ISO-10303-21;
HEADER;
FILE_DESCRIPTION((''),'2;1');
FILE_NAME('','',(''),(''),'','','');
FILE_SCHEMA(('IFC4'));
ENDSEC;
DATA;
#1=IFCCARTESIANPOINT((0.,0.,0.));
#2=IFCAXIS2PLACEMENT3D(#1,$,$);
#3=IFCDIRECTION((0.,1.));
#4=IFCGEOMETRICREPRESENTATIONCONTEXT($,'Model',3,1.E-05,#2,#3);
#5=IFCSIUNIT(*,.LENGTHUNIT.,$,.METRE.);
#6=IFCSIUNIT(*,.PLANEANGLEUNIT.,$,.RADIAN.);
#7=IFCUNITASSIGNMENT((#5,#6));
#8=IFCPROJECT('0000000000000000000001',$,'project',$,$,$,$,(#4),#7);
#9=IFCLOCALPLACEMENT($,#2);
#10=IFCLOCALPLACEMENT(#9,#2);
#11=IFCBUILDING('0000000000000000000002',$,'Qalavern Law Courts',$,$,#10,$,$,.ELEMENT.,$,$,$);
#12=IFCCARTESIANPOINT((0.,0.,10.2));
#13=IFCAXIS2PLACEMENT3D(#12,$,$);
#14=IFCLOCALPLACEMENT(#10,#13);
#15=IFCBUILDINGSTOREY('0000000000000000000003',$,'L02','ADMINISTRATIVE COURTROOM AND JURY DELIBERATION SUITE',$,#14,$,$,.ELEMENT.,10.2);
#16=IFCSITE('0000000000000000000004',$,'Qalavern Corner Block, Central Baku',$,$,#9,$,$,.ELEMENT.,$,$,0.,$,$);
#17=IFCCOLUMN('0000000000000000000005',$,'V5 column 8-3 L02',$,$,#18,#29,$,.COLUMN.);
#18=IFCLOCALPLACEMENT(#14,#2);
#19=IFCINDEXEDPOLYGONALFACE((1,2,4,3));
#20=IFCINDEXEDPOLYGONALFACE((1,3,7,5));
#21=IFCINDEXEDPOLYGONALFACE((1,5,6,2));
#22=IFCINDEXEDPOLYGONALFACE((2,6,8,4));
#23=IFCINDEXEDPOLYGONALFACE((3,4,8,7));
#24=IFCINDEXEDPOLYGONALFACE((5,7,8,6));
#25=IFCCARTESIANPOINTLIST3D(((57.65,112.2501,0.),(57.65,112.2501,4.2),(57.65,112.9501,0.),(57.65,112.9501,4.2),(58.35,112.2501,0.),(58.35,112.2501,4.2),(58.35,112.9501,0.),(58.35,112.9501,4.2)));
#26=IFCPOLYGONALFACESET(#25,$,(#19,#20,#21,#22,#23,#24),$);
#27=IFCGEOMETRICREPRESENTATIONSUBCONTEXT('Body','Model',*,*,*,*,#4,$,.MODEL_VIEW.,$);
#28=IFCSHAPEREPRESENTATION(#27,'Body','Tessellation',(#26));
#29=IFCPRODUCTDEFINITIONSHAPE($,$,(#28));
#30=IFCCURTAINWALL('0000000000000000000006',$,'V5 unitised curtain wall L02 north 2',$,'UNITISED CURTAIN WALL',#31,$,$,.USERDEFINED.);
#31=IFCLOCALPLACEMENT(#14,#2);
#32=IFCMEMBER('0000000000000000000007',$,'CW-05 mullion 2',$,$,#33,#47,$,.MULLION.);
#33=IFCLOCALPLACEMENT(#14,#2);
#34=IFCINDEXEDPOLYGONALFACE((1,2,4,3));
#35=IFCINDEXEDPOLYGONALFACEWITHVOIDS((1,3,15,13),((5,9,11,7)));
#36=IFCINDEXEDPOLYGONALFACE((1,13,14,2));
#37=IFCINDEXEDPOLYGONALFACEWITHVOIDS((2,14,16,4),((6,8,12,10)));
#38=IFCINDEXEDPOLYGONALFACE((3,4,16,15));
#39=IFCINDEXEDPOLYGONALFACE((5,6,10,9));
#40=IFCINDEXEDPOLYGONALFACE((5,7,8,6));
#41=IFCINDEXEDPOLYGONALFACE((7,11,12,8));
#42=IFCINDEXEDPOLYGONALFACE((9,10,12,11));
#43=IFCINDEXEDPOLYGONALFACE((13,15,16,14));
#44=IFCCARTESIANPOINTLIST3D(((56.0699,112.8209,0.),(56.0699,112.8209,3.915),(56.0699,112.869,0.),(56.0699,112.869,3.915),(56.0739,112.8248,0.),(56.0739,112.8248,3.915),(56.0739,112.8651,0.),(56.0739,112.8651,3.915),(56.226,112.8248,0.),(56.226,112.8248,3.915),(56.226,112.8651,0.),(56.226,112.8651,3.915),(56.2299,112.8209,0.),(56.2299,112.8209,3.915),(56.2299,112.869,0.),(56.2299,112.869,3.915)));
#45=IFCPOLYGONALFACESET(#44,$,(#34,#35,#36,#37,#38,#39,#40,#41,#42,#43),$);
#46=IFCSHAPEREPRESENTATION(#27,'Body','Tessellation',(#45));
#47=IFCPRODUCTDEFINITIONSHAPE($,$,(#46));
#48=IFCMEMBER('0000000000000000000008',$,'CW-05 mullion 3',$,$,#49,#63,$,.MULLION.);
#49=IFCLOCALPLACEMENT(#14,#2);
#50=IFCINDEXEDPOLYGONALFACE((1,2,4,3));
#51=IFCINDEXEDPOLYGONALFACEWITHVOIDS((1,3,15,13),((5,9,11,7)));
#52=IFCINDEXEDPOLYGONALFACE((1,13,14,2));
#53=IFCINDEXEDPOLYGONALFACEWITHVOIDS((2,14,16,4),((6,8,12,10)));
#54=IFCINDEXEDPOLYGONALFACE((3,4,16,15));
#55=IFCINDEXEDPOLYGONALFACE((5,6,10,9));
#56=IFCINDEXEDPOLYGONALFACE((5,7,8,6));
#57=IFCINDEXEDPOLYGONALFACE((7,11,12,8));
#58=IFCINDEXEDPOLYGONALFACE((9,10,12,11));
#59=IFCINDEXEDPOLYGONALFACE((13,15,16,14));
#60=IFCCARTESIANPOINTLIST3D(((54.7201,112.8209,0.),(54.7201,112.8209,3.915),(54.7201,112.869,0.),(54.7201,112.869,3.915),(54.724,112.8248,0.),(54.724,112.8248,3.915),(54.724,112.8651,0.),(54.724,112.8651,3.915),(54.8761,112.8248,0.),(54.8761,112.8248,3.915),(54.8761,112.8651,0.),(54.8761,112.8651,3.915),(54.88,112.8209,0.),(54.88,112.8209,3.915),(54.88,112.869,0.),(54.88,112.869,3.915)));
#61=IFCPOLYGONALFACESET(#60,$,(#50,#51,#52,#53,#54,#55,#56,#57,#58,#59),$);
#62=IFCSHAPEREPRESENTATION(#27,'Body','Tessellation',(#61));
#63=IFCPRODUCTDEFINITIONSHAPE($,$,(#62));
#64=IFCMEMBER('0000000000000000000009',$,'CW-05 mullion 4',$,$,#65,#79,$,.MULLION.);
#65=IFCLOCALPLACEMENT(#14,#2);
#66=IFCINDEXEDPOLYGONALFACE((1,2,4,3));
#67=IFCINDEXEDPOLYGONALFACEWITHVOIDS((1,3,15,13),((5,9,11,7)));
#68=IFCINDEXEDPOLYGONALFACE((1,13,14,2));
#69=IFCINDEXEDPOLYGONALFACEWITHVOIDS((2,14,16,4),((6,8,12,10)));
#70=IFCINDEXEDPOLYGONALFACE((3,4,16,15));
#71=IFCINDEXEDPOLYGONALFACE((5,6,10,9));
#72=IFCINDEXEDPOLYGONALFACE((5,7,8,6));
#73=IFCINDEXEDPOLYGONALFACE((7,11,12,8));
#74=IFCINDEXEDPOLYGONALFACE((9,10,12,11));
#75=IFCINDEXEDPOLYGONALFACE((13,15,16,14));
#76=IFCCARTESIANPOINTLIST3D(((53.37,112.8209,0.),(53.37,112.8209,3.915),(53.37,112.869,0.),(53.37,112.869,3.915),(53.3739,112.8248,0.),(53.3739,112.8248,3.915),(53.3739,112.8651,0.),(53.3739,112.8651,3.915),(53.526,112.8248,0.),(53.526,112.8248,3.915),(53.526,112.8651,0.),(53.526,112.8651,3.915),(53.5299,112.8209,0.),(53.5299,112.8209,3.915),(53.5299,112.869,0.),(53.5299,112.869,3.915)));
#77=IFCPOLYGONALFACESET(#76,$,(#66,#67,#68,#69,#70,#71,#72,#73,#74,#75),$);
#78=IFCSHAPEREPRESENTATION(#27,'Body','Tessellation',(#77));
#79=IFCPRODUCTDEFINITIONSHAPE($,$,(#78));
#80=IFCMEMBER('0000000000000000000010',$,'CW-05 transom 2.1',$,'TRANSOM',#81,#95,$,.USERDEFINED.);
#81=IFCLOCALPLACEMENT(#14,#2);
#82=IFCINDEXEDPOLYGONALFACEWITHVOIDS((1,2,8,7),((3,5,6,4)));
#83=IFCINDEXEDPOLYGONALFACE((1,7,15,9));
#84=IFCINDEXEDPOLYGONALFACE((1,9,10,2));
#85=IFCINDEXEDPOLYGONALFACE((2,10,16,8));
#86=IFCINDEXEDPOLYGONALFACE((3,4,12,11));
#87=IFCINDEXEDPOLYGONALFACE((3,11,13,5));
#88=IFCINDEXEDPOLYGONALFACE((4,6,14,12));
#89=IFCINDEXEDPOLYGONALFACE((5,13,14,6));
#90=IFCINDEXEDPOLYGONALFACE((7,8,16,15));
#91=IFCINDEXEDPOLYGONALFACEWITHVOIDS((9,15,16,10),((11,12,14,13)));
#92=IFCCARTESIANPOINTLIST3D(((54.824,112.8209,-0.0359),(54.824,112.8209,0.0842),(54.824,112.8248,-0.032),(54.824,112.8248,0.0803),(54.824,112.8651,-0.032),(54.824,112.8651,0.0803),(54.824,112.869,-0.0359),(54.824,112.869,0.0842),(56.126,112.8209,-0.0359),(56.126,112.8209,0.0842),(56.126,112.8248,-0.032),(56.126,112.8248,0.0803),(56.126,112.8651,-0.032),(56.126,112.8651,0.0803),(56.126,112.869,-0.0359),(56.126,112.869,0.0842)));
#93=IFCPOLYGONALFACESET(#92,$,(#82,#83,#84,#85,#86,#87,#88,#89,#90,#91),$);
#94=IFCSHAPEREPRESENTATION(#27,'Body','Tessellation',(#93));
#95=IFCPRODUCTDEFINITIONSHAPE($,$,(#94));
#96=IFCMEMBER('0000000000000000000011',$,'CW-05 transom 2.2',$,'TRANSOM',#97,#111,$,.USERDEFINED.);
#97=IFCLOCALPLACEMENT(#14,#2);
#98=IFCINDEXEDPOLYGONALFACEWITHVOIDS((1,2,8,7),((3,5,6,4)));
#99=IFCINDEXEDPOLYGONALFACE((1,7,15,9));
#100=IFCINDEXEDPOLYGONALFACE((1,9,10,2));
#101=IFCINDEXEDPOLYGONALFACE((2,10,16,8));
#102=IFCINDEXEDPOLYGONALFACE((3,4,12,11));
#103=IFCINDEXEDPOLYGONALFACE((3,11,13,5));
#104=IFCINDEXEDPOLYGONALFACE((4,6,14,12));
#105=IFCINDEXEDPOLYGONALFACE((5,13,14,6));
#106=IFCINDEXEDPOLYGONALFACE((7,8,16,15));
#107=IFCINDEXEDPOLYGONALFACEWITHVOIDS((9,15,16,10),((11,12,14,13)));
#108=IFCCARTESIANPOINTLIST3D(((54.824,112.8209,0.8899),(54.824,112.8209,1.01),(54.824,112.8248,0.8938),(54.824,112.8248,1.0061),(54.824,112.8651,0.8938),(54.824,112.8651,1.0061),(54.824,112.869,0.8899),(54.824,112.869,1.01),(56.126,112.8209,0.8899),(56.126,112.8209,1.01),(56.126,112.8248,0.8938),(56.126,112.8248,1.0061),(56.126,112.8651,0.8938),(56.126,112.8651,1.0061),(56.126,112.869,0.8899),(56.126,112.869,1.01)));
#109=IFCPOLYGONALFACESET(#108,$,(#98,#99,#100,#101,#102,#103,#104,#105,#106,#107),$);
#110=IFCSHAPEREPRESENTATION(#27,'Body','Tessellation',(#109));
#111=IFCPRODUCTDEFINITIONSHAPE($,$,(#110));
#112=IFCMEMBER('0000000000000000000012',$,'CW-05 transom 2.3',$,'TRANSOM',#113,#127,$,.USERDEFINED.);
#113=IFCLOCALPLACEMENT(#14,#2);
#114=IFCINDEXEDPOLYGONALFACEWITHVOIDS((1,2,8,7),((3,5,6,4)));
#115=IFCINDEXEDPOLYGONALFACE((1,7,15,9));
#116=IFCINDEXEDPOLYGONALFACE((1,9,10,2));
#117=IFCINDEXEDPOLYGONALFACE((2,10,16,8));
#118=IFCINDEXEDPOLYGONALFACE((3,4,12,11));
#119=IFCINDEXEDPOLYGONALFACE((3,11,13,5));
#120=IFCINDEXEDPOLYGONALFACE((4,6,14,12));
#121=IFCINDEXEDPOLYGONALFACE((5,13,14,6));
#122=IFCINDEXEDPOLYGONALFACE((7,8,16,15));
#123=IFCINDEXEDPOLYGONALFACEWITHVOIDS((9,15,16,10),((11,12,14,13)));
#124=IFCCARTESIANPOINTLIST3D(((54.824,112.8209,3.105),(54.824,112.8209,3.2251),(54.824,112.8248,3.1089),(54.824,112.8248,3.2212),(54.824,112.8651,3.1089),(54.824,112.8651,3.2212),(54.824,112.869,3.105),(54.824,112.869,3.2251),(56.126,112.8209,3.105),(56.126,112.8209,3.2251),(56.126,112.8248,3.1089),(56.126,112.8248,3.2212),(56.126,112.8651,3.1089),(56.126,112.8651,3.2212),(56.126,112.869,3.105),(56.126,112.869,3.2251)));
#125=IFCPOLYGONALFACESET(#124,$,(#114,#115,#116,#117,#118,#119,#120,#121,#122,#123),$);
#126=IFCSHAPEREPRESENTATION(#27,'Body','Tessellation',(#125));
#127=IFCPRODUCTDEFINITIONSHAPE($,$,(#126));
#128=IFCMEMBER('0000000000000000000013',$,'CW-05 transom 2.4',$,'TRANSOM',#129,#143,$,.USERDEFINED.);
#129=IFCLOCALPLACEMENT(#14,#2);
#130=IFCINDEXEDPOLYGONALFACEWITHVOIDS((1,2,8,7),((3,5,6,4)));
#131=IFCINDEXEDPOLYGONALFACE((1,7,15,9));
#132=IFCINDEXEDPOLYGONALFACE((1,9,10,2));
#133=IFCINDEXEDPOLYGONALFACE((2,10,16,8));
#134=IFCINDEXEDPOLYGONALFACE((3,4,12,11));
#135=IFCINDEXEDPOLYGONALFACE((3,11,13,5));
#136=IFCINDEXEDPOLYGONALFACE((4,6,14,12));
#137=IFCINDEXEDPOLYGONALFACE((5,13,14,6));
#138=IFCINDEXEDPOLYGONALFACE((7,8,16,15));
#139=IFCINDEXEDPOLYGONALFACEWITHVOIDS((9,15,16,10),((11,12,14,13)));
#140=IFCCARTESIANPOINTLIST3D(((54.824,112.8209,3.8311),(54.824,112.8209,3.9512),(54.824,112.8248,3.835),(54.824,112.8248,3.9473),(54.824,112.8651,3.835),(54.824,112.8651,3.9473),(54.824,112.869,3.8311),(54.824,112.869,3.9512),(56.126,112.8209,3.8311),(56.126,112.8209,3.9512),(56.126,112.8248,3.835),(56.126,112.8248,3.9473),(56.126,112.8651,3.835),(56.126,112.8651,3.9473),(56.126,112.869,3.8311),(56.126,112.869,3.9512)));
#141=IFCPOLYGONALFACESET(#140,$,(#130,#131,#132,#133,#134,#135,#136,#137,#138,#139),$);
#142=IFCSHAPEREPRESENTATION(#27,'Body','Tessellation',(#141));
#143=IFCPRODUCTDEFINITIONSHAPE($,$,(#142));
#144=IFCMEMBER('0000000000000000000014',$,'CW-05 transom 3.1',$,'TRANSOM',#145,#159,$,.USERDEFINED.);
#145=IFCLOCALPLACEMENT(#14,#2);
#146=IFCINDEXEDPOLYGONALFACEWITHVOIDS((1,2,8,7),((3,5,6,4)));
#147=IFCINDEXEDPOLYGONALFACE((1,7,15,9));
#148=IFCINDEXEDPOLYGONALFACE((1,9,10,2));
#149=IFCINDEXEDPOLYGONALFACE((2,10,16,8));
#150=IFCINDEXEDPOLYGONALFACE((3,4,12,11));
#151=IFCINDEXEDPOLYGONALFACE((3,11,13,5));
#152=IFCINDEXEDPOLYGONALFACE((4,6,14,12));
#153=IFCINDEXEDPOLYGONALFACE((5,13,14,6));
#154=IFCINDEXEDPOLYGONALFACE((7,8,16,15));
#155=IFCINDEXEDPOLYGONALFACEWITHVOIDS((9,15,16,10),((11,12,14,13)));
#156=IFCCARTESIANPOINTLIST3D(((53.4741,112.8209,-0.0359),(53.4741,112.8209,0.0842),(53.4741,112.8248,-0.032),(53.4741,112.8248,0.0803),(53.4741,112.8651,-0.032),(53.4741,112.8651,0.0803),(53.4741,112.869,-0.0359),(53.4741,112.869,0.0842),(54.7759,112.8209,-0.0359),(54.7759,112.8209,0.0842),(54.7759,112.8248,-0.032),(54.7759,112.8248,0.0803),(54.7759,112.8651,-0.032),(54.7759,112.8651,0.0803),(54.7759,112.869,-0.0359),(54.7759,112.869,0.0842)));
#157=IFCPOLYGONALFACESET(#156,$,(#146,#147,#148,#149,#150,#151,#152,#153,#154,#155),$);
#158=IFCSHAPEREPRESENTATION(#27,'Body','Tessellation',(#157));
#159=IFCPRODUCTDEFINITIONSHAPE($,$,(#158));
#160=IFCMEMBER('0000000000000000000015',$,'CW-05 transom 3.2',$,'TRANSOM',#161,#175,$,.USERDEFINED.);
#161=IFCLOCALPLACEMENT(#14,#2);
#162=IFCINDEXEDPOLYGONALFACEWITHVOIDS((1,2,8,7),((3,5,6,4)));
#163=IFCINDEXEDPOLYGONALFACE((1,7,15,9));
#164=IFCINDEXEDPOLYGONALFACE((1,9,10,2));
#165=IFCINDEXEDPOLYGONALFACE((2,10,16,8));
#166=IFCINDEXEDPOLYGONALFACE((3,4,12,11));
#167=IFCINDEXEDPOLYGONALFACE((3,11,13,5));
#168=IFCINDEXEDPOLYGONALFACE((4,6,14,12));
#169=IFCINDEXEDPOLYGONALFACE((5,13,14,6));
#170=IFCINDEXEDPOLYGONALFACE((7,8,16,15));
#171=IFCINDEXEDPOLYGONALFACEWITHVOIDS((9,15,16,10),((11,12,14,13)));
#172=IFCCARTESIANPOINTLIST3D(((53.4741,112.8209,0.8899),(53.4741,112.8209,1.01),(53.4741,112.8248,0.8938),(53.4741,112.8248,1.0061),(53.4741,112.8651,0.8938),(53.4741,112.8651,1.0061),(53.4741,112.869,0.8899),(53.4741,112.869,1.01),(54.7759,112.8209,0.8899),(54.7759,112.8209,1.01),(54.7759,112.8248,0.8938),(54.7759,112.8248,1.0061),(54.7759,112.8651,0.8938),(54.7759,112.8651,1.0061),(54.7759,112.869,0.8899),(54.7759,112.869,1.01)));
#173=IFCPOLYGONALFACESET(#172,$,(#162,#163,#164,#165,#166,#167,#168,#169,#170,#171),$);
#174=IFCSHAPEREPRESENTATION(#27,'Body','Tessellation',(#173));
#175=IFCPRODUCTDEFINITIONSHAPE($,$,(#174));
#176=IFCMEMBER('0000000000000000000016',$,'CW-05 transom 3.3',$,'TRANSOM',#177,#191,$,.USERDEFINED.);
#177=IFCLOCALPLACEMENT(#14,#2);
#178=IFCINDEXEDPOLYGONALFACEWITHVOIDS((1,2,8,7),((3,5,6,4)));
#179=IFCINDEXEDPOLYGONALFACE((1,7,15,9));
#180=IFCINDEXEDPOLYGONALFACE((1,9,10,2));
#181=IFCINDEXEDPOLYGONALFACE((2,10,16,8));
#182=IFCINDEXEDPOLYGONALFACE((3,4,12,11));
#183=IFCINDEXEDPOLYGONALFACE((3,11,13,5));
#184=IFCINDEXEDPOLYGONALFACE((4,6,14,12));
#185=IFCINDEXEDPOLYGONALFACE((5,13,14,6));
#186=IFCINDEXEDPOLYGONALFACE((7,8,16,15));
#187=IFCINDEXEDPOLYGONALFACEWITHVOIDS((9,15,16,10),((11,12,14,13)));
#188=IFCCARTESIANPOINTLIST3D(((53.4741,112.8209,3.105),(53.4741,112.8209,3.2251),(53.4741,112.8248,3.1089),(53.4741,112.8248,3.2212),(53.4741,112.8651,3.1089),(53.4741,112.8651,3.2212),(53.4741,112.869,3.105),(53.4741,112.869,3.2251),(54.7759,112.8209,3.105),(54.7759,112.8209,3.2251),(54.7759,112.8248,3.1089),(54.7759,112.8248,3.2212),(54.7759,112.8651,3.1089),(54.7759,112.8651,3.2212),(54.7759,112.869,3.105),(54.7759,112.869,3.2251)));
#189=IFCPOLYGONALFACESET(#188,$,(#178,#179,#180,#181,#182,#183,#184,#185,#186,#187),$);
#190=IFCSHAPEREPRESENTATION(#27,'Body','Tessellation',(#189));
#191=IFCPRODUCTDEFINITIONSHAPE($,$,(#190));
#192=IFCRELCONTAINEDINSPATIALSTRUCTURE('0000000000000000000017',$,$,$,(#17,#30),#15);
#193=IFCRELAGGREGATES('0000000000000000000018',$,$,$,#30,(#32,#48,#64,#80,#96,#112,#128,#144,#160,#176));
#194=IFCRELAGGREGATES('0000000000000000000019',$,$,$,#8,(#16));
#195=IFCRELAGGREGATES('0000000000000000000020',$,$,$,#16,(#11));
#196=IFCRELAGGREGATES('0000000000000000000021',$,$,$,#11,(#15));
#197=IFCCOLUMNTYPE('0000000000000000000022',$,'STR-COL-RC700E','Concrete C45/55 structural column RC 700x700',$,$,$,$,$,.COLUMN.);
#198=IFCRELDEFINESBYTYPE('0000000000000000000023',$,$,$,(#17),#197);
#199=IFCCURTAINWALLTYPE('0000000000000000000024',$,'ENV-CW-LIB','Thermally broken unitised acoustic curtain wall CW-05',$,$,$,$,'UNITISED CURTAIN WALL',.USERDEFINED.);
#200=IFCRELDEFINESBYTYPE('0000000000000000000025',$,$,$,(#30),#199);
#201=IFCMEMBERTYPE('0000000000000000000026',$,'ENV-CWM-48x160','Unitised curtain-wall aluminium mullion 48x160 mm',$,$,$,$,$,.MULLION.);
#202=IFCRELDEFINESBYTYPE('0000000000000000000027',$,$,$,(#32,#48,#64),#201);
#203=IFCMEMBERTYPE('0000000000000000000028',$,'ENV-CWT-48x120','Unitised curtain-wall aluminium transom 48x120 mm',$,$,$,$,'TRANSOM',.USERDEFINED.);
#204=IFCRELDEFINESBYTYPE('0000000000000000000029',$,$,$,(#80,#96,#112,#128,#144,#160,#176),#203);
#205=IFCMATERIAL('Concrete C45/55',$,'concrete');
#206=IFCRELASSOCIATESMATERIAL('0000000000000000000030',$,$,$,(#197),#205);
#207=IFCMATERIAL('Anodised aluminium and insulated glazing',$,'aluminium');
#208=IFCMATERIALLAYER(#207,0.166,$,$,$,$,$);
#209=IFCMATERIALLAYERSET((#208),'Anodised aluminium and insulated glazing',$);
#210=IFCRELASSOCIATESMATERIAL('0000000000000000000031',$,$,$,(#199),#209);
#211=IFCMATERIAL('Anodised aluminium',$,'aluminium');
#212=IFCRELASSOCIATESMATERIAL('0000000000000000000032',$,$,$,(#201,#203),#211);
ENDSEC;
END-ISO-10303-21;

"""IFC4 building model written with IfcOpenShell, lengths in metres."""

from ifc_helpers import new_model, si_unit, direction, frame, origin, origin_2d, place, context, subcontext, project, spatial, rectangle, hollow_rectangle, extrude, material, layer, layer_set, material_profile, profile_set, type_object, element, aggregate, save


model = new_model("IFC4")

# Units and contexts
model_context = context("Model", 3, precision=1e-05, world=origin(), true_north=direction((0.0, 1.0)))
body_context = subcontext(model_context, "Body", "Model", "MODEL_VIEW")
ifc_project = project(units=[si_unit("LENGTHUNIT", "METRE"), si_unit("PLANEANGLEUNIT", "RADIAN")], contexts=[model_context])

# Site, building, storey
site_placement = place(None, origin())
site = spatial("IfcSite", under=ifc_project, at=site_placement, Name="Qalavern Corner Block, Central Baku", CompositionType="ELEMENT", RefElevation=0.0)
building_placement = place(site_placement, origin())
building = spatial("IfcBuilding", under=site, at=building_placement, Name="Qalavern Law Courts", CompositionType="ELEMENT")
storey_placement = place(building_placement, frame((0.0, 0.0, 10.2)))
storey = spatial("IfcBuildingStorey", under=building, at=storey_placement, Name="L02", Description="ADMINISTRATIVE COURTROOM AND JURY DELIBERATION SUITE", CompositionType="ELEMENT", Elevation=10.2)

# Column
ifc_material_1 = material(Name="Concrete C45/55", Category="concrete")
ifc_material_profile_1 = material_profile(ifc_material_1, rectangle(XDim=0.7, YDim=0.7, at=origin_2d()), Name="RC 700x700")
ifc_profile_set_1 = profile_set([ifc_material_profile_1], Name="Concrete C45/55")
column_type = type_object("IfcColumnType", Name="STR-COL-RC700E", Description="Concrete C45/55 structural column RC 700x700", PredefinedType="COLUMN", material=ifc_profile_set_1)
column_placement = place(storey_placement, frame((58.0, 112.6001, 0.0), z_axis=(0.0, 0.0, 1.0), x_axis=(1.0, 0.0, 0.0)))
element("IfcColumn", 1, at=column_placement, inside=storey, type_object=column_type, Name="V5 column 8-3 L02", PredefinedType="COLUMN", context=body_context, shape_type="SweptSolid", body=[
    extrude(rectangle(XDim=0.7, YDim=0.7, at=origin_2d()), origin(), (0.0, 0.0, 1.0), 4.2),
])

# Curtain wall, members
ifc_material_2 = material(Name="Anodised aluminium and insulated glazing", Category="aluminium")
ifc_layer_1 = layer(ifc_material_2, 0.166)
ifc_layer_set_1 = layer_set([ifc_layer_1], Name="Anodised aluminium and insulated glazing")
curtain_wall_type = type_object("IfcCurtainWallType", Name="ENV-CW-LIB", Description="Thermally broken unitised acoustic curtain wall CW-05", ElementType="UNITISED CURTAIN WALL", PredefinedType="USERDEFINED", material=ifc_layer_set_1)
curtain_wall_placement = place(storey_placement, origin())
curtain_wall = element("IfcCurtainWall", 2, at=curtain_wall_placement, inside=storey, type_object=curtain_wall_type, Name="V5 unitised curtain wall L02 north 2", ObjectType="UNITISED CURTAIN WALL", PredefinedType="USERDEFINED")
ifc_material_3 = material(Name="Anodised aluminium", Category="aluminium")
ifc_material_profile_2 = material_profile(ifc_material_3, hollow_rectangle(XDim=0.0481, YDim=0.1599, WallThickness=0.0039, at=origin_2d()), Name="ALU MULLION 48x160")
ifc_profile_set_2 = profile_set([ifc_material_profile_2], Name="Anodised aluminium")
member_type_1 = type_object("IfcMemberType", Name="ENV-CWM-48x160", Description="Unitised curtain-wall aluminium mullion 48x160 mm", PredefinedType="MULLION", material=ifc_profile_set_2)
member_1_placement = place(storey_placement, frame((56.1499, 112.845, 0.0), z_axis=(0.0, 0.0, 1.0), x_axis=(0.0, -1.0, 0.0)))
member_1 = element("IfcMember", 3, at=member_1_placement, type_object=member_type_1, Name="CW-05 mullion 2", PredefinedType="MULLION", context=body_context, shape_type="SweptSolid", body=[
    extrude(hollow_rectangle(XDim=0.0481, YDim=0.1599, WallThickness=0.0039, at=origin_2d()), origin(), (0.0, 0.0, 1.0), 3.915),
])
member_2_placement = place(storey_placement, frame((54.8, 112.845, 0.0), z_axis=(0.0, 0.0, 1.0), x_axis=(0.0, -1.0, 0.0)))
member_2 = element("IfcMember", 4, at=member_2_placement, type_object=member_type_1, Name="CW-05 mullion 3", PredefinedType="MULLION", context=body_context, shape_type="SweptSolid", body=[
    extrude(hollow_rectangle(XDim=0.0481, YDim=0.1599, WallThickness=0.0039, at=origin_2d()), origin(), (0.0, 0.0, 1.0), 3.915),
])
member_3_placement = place(storey_placement, frame((53.45, 112.845, 0.0), z_axis=(0.0, 0.0, 1.0), x_axis=(0.0, -1.0, 0.0)))
member_3 = element("IfcMember", 5, at=member_3_placement, type_object=member_type_1, Name="CW-05 mullion 4", PredefinedType="MULLION", context=body_context, shape_type="SweptSolid", body=[
    extrude(hollow_rectangle(XDim=0.0481, YDim=0.1599, WallThickness=0.0039, at=origin_2d()), origin(), (0.0, 0.0, 1.0), 3.915),
])
ifc_material_profile_3 = material_profile(ifc_material_3, hollow_rectangle(XDim=0.0481, YDim=0.1201, WallThickness=0.0039, at=origin_2d()), Name="ALU TRANSOM 48x120")
ifc_profile_set_3 = profile_set([ifc_material_profile_3], Name="Anodised aluminium")
member_type_2 = type_object("IfcMemberType", Name="ENV-CWT-48x120", Description="Unitised curtain-wall aluminium transom 48x120 mm", ElementType="TRANSOM", PredefinedType="USERDEFINED", material=ifc_profile_set_3)
member_4_placement = place(storey_placement, frame((56.126, 112.845, 0.0242), z_axis=(-1.0, 0.0, 0.0), x_axis=(0.0, -1.0, 0.0)))
member_4 = element("IfcMember", 6, at=member_4_placement, type_object=member_type_2, Name="CW-05 transom 2.1", ObjectType="TRANSOM", PredefinedType="USERDEFINED", context=body_context, shape_type="SweptSolid", body=[
    extrude(hollow_rectangle(XDim=0.0481, YDim=0.1201, WallThickness=0.0039, at=origin_2d()), origin(), (0.0, 0.0, 1.0), 1.302),
])
member_5_placement = place(storey_placement, frame((56.126, 112.845, 0.95), z_axis=(-1.0, 0.0, 0.0), x_axis=(0.0, -1.0, 0.0)))
member_5 = element("IfcMember", 7, at=member_5_placement, type_object=member_type_2, Name="CW-05 transom 2.2", ObjectType="TRANSOM", PredefinedType="USERDEFINED", context=body_context, shape_type="SweptSolid", body=[
    extrude(hollow_rectangle(XDim=0.0481, YDim=0.1201, WallThickness=0.0039, at=origin_2d()), origin(), (0.0, 0.0, 1.0), 1.302),
])
member_6_placement = place(storey_placement, frame((56.126, 112.845, 3.165), z_axis=(-1.0, 0.0, 0.0), x_axis=(0.0, -1.0, 0.0)))
member_6 = element("IfcMember", 8, at=member_6_placement, type_object=member_type_2, Name="CW-05 transom 2.3", ObjectType="TRANSOM", PredefinedType="USERDEFINED", context=body_context, shape_type="SweptSolid", body=[
    extrude(hollow_rectangle(XDim=0.0481, YDim=0.1201, WallThickness=0.0039, at=origin_2d()), origin(), (0.0, 0.0, 1.0), 1.302),
])
member_7_placement = place(storey_placement, frame((56.126, 112.845, 3.8911), z_axis=(-1.0, 0.0, 0.0), x_axis=(0.0, -1.0, 0.0)))
member_7 = element("IfcMember", 9, at=member_7_placement, type_object=member_type_2, Name="CW-05 transom 2.4", ObjectType="TRANSOM", PredefinedType="USERDEFINED", context=body_context, shape_type="SweptSolid", body=[
    extrude(hollow_rectangle(XDim=0.0481, YDim=0.1201, WallThickness=0.0039, at=origin_2d()), origin(), (0.0, 0.0, 1.0), 1.302),
])
member_8_placement = place(storey_placement, frame((54.7759, 112.845, 0.0242), z_axis=(-1.0, 0.0, 0.0), x_axis=(0.0, -1.0, 0.0)))
member_8 = element("IfcMember", 10, at=member_8_placement, type_object=member_type_2, Name="CW-05 transom 3.1", ObjectType="TRANSOM", PredefinedType="USERDEFINED", context=body_context, shape_type="SweptSolid", body=[
    extrude(hollow_rectangle(XDim=0.0481, YDim=0.1201, WallThickness=0.0039, at=origin_2d()), origin(), (0.0, 0.0, 1.0), 1.3018),
])
member_9_placement = place(storey_placement, frame((54.7759, 112.845, 0.95), z_axis=(-1.0, 0.0, 0.0), x_axis=(0.0, -1.0, 0.0)))
member_9 = element("IfcMember", 11, at=member_9_placement, type_object=member_type_2, Name="CW-05 transom 3.2", ObjectType="TRANSOM", PredefinedType="USERDEFINED", context=body_context, shape_type="SweptSolid", body=[
    extrude(hollow_rectangle(XDim=0.0481, YDim=0.1201, WallThickness=0.0039, at=origin_2d()), origin(), (0.0, 0.0, 1.0), 1.3018),
])
member_10_placement = place(storey_placement, frame((54.7759, 112.845, 3.165), z_axis=(-1.0, 0.0, 0.0), x_axis=(0.0, -1.0, 0.0)))
member_10 = element("IfcMember", 12, at=member_10_placement, type_object=member_type_2, Name="CW-05 transom 3.3", ObjectType="TRANSOM", PredefinedType="USERDEFINED", context=body_context, shape_type="SweptSolid", body=[
    extrude(hollow_rectangle(XDim=0.0481, YDim=0.1201, WallThickness=0.0039, at=origin_2d()), origin(), (0.0, 0.0, 1.0), 1.3018),
])

aggregate(curtain_wall, [member_1, member_2, member_3, member_4, member_5, member_6, member_7, member_8, member_9, member_10])

save(model, "model.ifc")
